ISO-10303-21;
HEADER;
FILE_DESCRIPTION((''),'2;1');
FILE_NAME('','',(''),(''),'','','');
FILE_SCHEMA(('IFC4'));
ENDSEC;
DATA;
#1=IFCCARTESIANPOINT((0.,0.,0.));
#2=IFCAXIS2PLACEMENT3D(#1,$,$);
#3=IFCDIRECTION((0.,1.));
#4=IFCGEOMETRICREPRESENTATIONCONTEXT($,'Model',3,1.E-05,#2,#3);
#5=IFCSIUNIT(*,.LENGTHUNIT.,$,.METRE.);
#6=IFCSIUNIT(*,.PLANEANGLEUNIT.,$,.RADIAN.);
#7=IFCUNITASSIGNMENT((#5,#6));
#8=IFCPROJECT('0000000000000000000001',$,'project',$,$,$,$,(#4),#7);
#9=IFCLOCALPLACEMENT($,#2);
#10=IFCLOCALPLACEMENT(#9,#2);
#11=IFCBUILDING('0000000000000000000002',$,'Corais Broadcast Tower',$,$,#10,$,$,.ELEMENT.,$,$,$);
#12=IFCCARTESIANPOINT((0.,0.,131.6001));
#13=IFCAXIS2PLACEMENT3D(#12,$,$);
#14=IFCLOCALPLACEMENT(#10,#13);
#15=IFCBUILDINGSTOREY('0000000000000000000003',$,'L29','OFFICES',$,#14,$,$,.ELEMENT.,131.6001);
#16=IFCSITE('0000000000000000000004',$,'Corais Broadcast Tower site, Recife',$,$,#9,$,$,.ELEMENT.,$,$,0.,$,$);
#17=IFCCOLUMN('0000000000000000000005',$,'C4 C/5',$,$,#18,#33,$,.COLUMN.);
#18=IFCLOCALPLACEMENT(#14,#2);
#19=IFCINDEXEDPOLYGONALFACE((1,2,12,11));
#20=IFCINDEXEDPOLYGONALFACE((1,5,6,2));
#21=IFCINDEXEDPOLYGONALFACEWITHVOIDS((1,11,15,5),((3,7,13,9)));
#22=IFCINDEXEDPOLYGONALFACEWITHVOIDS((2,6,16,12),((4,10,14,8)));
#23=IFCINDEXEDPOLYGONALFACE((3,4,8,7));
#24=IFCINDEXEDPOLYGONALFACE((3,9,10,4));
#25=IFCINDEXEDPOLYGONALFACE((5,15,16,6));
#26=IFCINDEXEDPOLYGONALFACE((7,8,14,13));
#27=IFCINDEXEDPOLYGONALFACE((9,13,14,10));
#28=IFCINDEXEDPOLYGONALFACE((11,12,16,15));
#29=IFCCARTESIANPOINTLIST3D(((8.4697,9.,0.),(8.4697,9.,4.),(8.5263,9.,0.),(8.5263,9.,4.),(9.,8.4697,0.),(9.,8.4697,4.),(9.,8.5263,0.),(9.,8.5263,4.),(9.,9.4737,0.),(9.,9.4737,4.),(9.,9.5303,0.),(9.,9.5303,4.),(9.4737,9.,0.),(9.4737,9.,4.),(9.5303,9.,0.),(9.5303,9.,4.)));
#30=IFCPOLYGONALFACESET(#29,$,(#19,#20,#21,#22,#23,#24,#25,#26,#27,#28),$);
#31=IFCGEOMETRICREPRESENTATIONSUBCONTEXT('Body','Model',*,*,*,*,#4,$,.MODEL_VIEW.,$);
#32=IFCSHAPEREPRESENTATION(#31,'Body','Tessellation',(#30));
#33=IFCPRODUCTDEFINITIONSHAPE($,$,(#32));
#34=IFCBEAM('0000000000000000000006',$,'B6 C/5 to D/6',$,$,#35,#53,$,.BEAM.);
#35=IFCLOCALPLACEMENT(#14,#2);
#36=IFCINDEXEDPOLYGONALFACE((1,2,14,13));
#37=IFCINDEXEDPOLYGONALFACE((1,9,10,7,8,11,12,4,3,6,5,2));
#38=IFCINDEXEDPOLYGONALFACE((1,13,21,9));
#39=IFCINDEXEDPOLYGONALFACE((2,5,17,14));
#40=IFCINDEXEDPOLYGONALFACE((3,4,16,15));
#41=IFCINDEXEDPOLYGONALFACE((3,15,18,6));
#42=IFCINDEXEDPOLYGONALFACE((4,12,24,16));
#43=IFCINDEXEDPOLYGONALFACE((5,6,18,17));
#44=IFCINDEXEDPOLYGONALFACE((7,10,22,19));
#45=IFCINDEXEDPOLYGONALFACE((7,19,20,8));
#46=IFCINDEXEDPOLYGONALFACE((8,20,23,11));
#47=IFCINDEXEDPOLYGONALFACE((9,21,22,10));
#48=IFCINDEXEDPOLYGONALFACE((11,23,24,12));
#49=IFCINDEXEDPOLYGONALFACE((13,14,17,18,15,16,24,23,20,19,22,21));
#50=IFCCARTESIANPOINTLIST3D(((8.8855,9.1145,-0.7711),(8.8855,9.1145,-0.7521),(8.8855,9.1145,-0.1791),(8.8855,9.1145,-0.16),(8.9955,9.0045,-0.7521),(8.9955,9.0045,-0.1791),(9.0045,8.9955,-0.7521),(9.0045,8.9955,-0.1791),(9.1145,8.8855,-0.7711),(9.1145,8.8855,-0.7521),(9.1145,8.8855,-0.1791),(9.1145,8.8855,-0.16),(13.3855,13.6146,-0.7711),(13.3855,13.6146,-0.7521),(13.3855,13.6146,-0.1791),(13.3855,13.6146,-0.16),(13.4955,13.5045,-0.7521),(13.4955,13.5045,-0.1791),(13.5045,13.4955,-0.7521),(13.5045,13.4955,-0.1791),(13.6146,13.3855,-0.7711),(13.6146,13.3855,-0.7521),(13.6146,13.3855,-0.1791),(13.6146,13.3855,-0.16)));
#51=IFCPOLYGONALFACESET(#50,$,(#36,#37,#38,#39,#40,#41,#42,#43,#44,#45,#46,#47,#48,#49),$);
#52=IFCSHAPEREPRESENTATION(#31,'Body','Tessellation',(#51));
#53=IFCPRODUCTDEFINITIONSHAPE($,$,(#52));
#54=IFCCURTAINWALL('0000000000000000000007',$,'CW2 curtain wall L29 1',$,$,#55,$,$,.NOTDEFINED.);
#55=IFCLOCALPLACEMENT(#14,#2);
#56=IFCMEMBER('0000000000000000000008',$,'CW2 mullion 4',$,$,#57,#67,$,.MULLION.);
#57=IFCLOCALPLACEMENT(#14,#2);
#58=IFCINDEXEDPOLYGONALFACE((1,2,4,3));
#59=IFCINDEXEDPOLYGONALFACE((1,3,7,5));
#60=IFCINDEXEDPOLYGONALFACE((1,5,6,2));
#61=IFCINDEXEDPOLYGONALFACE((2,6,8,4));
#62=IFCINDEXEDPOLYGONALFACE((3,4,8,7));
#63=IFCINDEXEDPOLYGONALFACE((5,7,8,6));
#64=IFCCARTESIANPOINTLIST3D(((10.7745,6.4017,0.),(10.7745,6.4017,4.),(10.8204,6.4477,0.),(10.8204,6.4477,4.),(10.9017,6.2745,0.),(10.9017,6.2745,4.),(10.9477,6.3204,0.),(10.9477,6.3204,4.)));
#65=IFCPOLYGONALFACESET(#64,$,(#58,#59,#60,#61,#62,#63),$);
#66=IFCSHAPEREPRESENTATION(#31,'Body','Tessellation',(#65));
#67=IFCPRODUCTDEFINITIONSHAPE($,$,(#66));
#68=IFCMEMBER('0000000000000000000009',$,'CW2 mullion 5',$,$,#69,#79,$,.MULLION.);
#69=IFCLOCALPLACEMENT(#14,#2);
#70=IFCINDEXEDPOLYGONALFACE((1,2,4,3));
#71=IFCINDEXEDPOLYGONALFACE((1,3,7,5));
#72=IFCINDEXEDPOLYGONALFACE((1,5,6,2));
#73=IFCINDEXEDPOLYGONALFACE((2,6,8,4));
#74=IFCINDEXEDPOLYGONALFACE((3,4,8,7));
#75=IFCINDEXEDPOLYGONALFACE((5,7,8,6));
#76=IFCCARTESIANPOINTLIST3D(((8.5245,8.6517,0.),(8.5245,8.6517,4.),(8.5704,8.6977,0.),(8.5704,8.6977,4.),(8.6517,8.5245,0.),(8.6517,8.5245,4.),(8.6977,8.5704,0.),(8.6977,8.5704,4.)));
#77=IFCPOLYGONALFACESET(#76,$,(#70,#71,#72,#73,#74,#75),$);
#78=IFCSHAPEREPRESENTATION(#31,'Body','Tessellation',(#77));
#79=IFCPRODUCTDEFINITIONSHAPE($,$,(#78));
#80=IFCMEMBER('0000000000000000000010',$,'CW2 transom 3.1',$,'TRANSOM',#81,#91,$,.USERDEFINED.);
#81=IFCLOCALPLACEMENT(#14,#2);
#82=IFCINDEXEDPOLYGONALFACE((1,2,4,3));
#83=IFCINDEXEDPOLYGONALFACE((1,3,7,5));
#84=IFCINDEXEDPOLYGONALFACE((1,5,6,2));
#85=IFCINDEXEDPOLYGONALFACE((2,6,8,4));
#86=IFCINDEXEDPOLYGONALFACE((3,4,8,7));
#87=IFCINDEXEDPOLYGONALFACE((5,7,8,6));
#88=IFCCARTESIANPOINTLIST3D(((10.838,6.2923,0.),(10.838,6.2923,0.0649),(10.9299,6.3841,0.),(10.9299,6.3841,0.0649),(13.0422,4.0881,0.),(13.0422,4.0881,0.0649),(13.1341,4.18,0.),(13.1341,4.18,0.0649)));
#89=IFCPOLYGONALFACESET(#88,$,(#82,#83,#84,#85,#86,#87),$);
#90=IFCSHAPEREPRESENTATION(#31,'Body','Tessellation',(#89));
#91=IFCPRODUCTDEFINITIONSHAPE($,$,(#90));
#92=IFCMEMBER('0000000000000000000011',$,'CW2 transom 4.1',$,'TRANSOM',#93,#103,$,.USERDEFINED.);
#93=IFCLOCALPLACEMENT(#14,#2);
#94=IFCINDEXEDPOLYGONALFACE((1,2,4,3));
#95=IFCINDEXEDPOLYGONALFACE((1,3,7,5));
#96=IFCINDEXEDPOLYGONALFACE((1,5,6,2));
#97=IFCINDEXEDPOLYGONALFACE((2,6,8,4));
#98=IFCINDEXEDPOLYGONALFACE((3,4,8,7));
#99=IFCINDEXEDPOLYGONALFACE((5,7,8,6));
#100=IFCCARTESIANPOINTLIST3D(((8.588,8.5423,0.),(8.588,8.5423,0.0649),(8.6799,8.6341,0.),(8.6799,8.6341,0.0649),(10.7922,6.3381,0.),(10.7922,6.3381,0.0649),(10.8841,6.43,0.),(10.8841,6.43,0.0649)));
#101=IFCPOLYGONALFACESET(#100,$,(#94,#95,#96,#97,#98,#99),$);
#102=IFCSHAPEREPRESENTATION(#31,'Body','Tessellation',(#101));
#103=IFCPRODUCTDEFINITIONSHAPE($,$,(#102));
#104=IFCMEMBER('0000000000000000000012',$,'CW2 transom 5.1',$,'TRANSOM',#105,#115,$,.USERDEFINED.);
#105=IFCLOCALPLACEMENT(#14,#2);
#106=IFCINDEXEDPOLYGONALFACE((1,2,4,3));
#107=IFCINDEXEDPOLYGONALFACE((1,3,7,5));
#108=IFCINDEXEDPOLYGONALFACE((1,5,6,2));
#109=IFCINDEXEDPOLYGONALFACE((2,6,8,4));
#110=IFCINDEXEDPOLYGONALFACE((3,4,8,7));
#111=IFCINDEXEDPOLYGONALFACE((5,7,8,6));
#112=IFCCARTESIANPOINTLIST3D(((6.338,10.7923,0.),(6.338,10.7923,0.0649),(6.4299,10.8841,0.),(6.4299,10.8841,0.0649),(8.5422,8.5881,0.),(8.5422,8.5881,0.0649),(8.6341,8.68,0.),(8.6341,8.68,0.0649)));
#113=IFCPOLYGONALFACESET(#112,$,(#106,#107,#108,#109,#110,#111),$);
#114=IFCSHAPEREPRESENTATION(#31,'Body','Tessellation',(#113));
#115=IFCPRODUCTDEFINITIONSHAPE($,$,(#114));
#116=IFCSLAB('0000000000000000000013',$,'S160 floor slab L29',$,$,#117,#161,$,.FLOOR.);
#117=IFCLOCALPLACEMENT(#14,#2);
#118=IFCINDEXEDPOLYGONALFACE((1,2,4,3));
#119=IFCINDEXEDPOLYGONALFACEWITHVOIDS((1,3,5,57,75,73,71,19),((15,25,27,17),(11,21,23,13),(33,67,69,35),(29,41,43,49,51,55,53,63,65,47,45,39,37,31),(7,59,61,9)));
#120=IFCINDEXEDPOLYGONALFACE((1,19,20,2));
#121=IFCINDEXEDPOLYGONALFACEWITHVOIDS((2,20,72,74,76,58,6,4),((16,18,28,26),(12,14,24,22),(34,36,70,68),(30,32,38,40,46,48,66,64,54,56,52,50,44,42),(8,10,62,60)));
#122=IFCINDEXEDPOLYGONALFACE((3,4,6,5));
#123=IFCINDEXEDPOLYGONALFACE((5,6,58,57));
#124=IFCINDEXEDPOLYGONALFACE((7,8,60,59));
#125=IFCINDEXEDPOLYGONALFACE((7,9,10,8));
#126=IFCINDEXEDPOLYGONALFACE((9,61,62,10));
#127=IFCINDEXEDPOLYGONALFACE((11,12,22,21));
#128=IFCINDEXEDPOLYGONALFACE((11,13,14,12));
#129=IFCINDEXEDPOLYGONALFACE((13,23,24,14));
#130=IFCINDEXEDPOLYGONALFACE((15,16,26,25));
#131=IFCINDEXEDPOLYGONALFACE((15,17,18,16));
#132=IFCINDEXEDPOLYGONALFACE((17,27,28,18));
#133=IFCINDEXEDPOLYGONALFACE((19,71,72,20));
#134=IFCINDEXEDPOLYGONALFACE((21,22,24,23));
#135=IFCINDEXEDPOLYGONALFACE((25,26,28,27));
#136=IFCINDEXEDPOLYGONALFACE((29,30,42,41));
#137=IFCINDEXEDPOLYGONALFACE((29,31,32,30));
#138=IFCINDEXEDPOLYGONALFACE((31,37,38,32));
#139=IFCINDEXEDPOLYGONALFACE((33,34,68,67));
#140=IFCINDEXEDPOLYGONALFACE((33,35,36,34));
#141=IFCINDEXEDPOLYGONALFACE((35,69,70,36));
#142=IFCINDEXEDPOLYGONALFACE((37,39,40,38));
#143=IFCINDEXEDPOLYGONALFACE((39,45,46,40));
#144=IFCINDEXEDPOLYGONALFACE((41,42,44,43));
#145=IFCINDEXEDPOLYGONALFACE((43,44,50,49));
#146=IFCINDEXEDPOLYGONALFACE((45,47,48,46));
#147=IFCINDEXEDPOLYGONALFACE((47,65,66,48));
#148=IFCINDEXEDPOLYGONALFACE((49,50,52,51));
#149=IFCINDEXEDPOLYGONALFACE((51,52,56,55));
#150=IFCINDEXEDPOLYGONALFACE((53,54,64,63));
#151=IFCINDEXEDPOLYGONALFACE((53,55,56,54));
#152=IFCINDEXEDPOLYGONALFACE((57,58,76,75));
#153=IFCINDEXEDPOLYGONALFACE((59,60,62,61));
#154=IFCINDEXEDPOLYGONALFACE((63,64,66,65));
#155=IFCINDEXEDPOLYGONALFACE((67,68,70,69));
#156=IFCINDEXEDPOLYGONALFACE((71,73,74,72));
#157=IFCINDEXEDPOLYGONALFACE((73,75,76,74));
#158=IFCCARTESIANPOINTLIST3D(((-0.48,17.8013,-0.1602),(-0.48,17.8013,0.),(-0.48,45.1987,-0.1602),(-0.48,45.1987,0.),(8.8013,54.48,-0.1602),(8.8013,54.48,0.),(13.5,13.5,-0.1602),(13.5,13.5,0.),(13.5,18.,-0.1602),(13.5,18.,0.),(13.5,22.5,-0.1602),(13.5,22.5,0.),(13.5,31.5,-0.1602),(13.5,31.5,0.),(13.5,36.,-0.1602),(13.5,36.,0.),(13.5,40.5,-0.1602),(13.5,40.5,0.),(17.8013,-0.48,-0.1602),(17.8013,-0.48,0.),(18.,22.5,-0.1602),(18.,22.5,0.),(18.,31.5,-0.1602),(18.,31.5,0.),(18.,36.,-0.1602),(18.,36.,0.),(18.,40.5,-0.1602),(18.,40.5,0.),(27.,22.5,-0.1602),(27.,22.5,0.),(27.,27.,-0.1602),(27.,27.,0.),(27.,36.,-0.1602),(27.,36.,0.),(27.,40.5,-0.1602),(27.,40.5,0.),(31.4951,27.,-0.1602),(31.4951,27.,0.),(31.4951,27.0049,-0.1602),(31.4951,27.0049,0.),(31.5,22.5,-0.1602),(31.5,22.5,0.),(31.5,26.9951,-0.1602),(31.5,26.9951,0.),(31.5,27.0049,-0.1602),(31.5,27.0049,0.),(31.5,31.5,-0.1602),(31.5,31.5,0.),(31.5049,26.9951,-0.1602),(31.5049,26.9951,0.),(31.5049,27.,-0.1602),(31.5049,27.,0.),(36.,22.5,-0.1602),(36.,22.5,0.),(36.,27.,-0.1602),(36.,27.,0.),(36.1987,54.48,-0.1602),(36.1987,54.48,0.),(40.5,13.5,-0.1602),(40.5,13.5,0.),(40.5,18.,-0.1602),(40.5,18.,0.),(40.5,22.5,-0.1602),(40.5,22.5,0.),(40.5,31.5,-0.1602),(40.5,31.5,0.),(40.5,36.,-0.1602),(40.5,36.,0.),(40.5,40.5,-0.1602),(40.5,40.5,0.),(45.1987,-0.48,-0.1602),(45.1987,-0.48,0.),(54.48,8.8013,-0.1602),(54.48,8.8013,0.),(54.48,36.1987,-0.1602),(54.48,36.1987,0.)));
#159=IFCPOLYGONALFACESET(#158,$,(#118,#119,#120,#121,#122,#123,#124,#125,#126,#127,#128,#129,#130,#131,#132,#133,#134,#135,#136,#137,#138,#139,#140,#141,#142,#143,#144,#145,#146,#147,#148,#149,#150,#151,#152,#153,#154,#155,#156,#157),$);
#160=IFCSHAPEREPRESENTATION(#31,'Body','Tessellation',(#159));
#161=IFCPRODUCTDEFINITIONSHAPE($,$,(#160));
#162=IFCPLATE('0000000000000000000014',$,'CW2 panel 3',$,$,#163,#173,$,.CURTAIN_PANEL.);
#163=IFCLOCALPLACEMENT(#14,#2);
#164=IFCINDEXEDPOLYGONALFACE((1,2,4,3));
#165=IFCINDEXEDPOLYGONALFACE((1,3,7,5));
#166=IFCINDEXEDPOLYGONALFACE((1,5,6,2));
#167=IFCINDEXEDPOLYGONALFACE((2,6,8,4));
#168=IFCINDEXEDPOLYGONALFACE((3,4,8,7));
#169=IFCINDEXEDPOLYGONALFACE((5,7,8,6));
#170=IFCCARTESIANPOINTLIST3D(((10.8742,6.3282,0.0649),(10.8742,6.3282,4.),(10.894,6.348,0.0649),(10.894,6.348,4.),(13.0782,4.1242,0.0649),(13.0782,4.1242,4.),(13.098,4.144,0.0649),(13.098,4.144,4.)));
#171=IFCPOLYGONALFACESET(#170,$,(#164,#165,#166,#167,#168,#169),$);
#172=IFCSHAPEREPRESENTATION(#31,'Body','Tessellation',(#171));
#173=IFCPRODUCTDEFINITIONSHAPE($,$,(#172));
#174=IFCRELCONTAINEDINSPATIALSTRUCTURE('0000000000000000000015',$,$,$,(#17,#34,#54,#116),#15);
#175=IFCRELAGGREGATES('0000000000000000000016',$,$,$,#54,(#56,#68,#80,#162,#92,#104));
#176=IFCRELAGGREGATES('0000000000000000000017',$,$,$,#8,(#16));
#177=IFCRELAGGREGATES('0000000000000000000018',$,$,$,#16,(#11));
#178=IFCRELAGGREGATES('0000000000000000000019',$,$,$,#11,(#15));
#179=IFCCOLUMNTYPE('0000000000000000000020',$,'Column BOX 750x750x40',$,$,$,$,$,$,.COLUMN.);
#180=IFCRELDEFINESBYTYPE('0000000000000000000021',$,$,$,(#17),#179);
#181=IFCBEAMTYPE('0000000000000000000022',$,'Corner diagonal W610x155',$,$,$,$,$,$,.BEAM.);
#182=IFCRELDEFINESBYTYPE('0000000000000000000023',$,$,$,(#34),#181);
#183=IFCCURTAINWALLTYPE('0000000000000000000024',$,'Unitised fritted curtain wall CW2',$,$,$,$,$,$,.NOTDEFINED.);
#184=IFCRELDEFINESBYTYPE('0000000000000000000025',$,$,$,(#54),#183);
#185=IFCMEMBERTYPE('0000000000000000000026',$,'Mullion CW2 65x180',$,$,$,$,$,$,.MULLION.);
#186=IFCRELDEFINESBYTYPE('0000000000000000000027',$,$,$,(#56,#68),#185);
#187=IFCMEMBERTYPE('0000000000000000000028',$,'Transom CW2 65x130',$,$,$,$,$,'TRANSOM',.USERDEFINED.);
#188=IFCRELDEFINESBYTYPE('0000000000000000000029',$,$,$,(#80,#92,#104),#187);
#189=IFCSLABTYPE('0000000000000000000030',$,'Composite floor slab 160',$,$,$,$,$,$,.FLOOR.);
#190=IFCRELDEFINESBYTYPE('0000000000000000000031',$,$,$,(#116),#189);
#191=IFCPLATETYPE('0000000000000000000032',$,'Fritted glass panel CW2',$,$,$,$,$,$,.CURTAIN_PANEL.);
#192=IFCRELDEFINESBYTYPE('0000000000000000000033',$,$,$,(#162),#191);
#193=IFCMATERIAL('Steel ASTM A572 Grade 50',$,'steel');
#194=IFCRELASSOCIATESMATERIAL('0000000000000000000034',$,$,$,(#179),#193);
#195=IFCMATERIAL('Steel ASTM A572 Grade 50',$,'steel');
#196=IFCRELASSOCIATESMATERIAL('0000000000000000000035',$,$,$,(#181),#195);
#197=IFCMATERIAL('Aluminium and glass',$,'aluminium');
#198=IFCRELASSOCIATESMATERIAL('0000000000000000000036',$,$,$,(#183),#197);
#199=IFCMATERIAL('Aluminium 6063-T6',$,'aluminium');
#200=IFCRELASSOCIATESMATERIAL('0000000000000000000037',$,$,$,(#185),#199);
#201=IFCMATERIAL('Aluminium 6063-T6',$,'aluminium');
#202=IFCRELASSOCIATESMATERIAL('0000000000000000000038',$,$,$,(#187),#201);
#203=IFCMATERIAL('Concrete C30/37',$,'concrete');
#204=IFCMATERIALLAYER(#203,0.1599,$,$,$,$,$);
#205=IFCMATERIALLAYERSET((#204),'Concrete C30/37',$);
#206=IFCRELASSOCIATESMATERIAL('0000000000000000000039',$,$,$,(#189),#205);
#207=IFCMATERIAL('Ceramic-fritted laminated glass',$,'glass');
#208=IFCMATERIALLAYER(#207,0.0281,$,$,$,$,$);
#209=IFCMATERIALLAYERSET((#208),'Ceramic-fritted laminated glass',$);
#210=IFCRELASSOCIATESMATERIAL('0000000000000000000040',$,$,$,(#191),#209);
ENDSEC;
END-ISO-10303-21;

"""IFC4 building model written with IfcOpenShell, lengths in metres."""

from ifc_helpers import new_model, si_unit, direction, frame, origin, origin_2d, place, context, subcontext, project, spatial, polyline, rectangle, hollow_rectangle, i_section, outline, extrude, material, layer, layer_set, material_profile, profile_set, type_object, element, aggregate, save


model = new_model("IFC4")

# Units and contexts
model_context = context("Model", 3, precision=1e-05, world=origin(), true_north=direction((0.0, 1.0)))
body_context = subcontext(model_context, "Body", "Model", "MODEL_VIEW")
ifc_project = project(units=[si_unit("LENGTHUNIT", "METRE"), si_unit("PLANEANGLEUNIT", "RADIAN")], contexts=[model_context])

# Site, building, storey
site_placement = place(None, origin())
site = spatial("IfcSite", under=ifc_project, at=site_placement, Name="Corais Broadcast Tower site, Recife", CompositionType="ELEMENT", RefElevation=0.0)
building_placement = place(site_placement, origin())
building = spatial("IfcBuilding", under=site, at=building_placement, Name="Corais Broadcast Tower", CompositionType="ELEMENT")
storey_placement = place(building_placement, frame((0.0, 0.0, 131.6001)))
storey = spatial("IfcBuildingStorey", under=building, at=storey_placement, Name="L29", Description="OFFICES", CompositionType="ELEMENT", Elevation=131.6001)

# Column
ifc_material_1 = material(Name="Steel ASTM A572 Grade 50", Category="steel")
ifc_material_profile_1 = material_profile(ifc_material_1, hollow_rectangle(XDim=0.75, YDim=0.75, WallThickness=0.04, at=origin_2d()), Name="BOX 750x750x40")
ifc_profile_set_1 = profile_set([ifc_material_profile_1], Name="Steel ASTM A572 Grade 50")
column_type = type_object("IfcColumnType", Name="Column BOX 750x750x40", PredefinedType="COLUMN", material=ifc_profile_set_1)
column_placement = place(storey_placement, frame((9.0, 9.0, 0.0), z_axis=(0.0, 0.0, 1.0), x_axis=(0.707107, 0.707107, 0.0)))
element("IfcColumn", 1, at=column_placement, inside=storey, type_object=column_type, Name="C4 C/5", PredefinedType="COLUMN", context=body_context, shape_type="SweptSolid", body=[
    extrude(hollow_rectangle(XDim=0.75, YDim=0.75, WallThickness=0.04, at=origin_2d()), origin(), (0.0, 0.0, 1.0), 4.0),
])

# Beam
ifc_material_2 = material(Name="Steel ASTM A572 Grade 50", Category="steel")
ifc_material_profile_2 = material_profile(ifc_material_2, i_section(OverallWidth=0.324, OverallDepth=0.6111, WebThickness=0.0127, FlangeThickness=0.019, at=origin_2d()), Name="W610x155")
ifc_profile_set_2 = profile_set([ifc_material_profile_2], Name="Steel ASTM A572 Grade 50")
beam_type = type_object("IfcBeamType", Name="Corner diagonal W610x155", PredefinedType="BEAM", material=ifc_profile_set_2)
beam_placement = place(storey_placement, frame((9.0, 9.0, -0.4656), z_axis=(0.707107, 0.707107, 0.0), x_axis=(-0.707107, 0.707107, 0.0)))
element("IfcBeam", 2, at=beam_placement, inside=storey, type_object=beam_type, Name="B6 C/5 to D/6", PredefinedType="BEAM", context=body_context, shape_type="SweptSolid", body=[
    extrude(i_section(OverallWidth=0.324, OverallDepth=0.6111, WebThickness=0.0127, FlangeThickness=0.019, at=origin_2d()), origin(), (0.0, 0.0, 1.0), 6.364),
])

# Curtain wall, members
ifc_material_3 = material(Name="Aluminium and glass", Category="aluminium")
curtain_wall_type = type_object("IfcCurtainWallType", Name="Unitised fritted curtain wall CW2", PredefinedType="NOTDEFINED", material=ifc_material_3)
curtain_wall_placement = place(storey_placement, origin())
curtain_wall = element("IfcCurtainWall", 3, at=curtain_wall_placement, inside=storey, type_object=curtain_wall_type, Name="CW2 curtain wall L29 1", PredefinedType="NOTDEFINED")
ifc_material_4 = material(Name="Aluminium 6063-T6", Category="aluminium")
ifc_material_profile_3 = material_profile(ifc_material_4, rectangle(XDim=0.0649, YDim=0.1799, at=origin_2d()), Name="Mullion CW2 65x180")
ifc_profile_set_3 = profile_set([ifc_material_profile_3], Name="Aluminium 6063-T6")
member_type_1 = type_object("IfcMemberType", Name="Mullion CW2 65x180", PredefinedType="MULLION", material=ifc_profile_set_3)
member_1_placement = place(storey_placement, frame((10.8611, 6.3611, 0.0), z_axis=(0.0, 0.0, 1.0), x_axis=(-0.707107, -0.707107, 0.0)))
member_1 = element("IfcMember", 4, at=member_1_placement, type_object=member_type_1, Name="CW2 mullion 4", PredefinedType="MULLION", context=body_context, shape_type="SweptSolid", body=[
    extrude(rectangle(XDim=0.0649, YDim=0.1799, at=origin_2d()), origin(), (0.0, 0.0, 1.0), 4.0),
])
member_2_placement = place(storey_placement, frame((8.6111, 8.6111, 0.0), z_axis=(0.0, 0.0, 1.0), x_axis=(-0.707107, -0.707107, 0.0)))
member_2 = element("IfcMember", 5, at=member_2_placement, type_object=member_type_1, Name="CW2 mullion 5", PredefinedType="MULLION", context=body_context, shape_type="SweptSolid", body=[
    extrude(rectangle(XDim=0.0649, YDim=0.1799, at=origin_2d()), origin(), (0.0, 0.0, 1.0), 4.0),
])
ifc_material_5 = material(Name="Aluminium 6063-T6", Category="aluminium")
ifc_material_profile_4 = material_profile(ifc_material_5, rectangle(XDim=0.1299, YDim=0.0649, at=origin_2d()), Name="Transom CW2 65x130")
ifc_profile_set_4 = profile_set([ifc_material_profile_4], Name="Aluminium 6063-T6")
member_type_2 = type_object("IfcMemberType", Name="Transom CW2 65x130", ElementType="TRANSOM", PredefinedType="USERDEFINED", material=ifc_profile_set_4)
member_3_placement = place(storey_placement, frame((13.0881, 4.134, 0.0325), z_axis=(-0.707107, 0.707107, 0.0), x_axis=(-0.707107, -0.707107, 0.0)))
member_3 = element("IfcMember", 6, at=member_3_placement, type_object=member_type_2, Name="CW2 transom 3.1", ObjectType="TRANSOM", PredefinedType="USERDEFINED", context=body_context, shape_type="SweptSolid", body=[
    extrude(rectangle(XDim=0.1299, YDim=0.0649, at=origin_2d()), origin(), (0.0, 0.0, 1.0), 3.1172),
])
member_4_placement = place(storey_placement, frame((10.8381, 6.384, 0.0325), z_axis=(-0.707107, 0.707107, 0.0), x_axis=(-0.707107, -0.707107, 0.0)))
member_4 = element("IfcMember", 7, at=member_4_placement, type_object=member_type_2, Name="CW2 transom 4.1", ObjectType="TRANSOM", PredefinedType="USERDEFINED", context=body_context, shape_type="SweptSolid", body=[
    extrude(rectangle(XDim=0.1299, YDim=0.0649, at=origin_2d()), origin(), (0.0, 0.0, 1.0), 3.1172),
])
member_5_placement = place(storey_placement, frame((8.5881, 8.634, 0.0325), z_axis=(-0.707107, 0.707107, 0.0), x_axis=(-0.707107, -0.707107, 0.0)))
member_5 = element("IfcMember", 8, at=member_5_placement, type_object=member_type_2, Name="CW2 transom 5.1", ObjectType="TRANSOM", PredefinedType="USERDEFINED", context=body_context, shape_type="SweptSolid", body=[
    extrude(rectangle(XDim=0.1299, YDim=0.0649, at=origin_2d()), origin(), (0.0, 0.0, 1.0), 3.1172),
])

# Slab
ifc_material_6 = material(Name="Concrete C30/37", Category="concrete")
ifc_layer_1 = layer(ifc_material_6, 0.1599)
ifc_layer_set_1 = layer_set([ifc_layer_1], Name="Concrete C30/37")
slab_type_1 = type_object("IfcSlabType", Name="Composite floor slab 160", PredefinedType="FLOOR", material=ifc_layer_set_1)
slab_1_placement = place(storey_placement, frame((0.0, 0.0, -0.1602)))
element("IfcSlab", 9, at=slab_1_placement, inside=storey, type_object=slab_type_1, Name="S160 floor slab L29", PredefinedType="FLOOR", context=body_context, shape_type="SweptSolid", body=[
    extrude(outline(polyline([(17.8013, -0.48), (-0.48, 17.8013), (-0.48, 45.1987), (8.8013, 54.48), (36.1987, 54.48), (54.48, 36.1987), (54.48, 8.8013), (45.1987, -0.48), (17.8013, -0.48)]), holes=[polyline([(13.5, 18.0), (40.5, 18.0), (40.5, 13.5), (13.5, 13.5), (13.5, 18.0)]), polyline([(18.0, 22.5), (13.5, 22.5), (13.5, 31.5), (18.0, 31.5), (18.0, 22.5)]), polyline([(18.0, 36.0), (13.5, 36.0), (13.5, 40.5), (18.0, 40.5), (18.0, 36.0)]), polyline([(31.5, 22.5), (27.0, 22.5), (27.0, 27.0), (31.4951, 27.0), (31.4951, 27.0049), (31.5, 27.0049), (31.5, 31.5), (40.5, 31.5), (40.5, 22.5), (36.0, 22.5), (36.0, 27.0), (31.5049, 27.0), (31.5049, 26.9951), (31.5, 26.9951), (31.5, 22.5)]), polyline([(27.0, 40.5), (40.5, 40.5), (40.5, 36.0), (27.0, 36.0), (27.0, 40.5)])]), origin(), (0.0, 0.0, 1.0), 0.1602),
])

# Plate
ifc_material_7 = material(Name="Ceramic-fritted laminated glass", Category="glass")
ifc_layer_2 = layer(ifc_material_7, 0.0281)
ifc_layer_set_2 = layer_set([ifc_layer_2], Name="Ceramic-fritted laminated glass")
plate_type_1 = type_object("IfcPlateType", Name="Fritted glass panel CW2", PredefinedType="CURTAIN_PANEL", material=ifc_layer_set_2)
plate_1_placement = place(storey_placement, frame((11.9861, 5.2361, 0.0649), z_axis=(0.0, 0.0, 1.0), x_axis=(-0.707107, 0.707107, 0.0)))
plate_1 = element("IfcPlate", 10, at=plate_1_placement, type_object=plate_type_1, Name="CW2 panel 3", PredefinedType="CURTAIN_PANEL", context=body_context, shape_type="SweptSolid", body=[
    extrude(rectangle(XDim=3.1169, YDim=0.0281, at=origin_2d()), origin(), (0.0, 0.0, 1.0), 3.9351),
])
aggregate(curtain_wall, [member_1, member_2, member_3, plate_1, member_4, member_5])

save(model, "model.ifc")
